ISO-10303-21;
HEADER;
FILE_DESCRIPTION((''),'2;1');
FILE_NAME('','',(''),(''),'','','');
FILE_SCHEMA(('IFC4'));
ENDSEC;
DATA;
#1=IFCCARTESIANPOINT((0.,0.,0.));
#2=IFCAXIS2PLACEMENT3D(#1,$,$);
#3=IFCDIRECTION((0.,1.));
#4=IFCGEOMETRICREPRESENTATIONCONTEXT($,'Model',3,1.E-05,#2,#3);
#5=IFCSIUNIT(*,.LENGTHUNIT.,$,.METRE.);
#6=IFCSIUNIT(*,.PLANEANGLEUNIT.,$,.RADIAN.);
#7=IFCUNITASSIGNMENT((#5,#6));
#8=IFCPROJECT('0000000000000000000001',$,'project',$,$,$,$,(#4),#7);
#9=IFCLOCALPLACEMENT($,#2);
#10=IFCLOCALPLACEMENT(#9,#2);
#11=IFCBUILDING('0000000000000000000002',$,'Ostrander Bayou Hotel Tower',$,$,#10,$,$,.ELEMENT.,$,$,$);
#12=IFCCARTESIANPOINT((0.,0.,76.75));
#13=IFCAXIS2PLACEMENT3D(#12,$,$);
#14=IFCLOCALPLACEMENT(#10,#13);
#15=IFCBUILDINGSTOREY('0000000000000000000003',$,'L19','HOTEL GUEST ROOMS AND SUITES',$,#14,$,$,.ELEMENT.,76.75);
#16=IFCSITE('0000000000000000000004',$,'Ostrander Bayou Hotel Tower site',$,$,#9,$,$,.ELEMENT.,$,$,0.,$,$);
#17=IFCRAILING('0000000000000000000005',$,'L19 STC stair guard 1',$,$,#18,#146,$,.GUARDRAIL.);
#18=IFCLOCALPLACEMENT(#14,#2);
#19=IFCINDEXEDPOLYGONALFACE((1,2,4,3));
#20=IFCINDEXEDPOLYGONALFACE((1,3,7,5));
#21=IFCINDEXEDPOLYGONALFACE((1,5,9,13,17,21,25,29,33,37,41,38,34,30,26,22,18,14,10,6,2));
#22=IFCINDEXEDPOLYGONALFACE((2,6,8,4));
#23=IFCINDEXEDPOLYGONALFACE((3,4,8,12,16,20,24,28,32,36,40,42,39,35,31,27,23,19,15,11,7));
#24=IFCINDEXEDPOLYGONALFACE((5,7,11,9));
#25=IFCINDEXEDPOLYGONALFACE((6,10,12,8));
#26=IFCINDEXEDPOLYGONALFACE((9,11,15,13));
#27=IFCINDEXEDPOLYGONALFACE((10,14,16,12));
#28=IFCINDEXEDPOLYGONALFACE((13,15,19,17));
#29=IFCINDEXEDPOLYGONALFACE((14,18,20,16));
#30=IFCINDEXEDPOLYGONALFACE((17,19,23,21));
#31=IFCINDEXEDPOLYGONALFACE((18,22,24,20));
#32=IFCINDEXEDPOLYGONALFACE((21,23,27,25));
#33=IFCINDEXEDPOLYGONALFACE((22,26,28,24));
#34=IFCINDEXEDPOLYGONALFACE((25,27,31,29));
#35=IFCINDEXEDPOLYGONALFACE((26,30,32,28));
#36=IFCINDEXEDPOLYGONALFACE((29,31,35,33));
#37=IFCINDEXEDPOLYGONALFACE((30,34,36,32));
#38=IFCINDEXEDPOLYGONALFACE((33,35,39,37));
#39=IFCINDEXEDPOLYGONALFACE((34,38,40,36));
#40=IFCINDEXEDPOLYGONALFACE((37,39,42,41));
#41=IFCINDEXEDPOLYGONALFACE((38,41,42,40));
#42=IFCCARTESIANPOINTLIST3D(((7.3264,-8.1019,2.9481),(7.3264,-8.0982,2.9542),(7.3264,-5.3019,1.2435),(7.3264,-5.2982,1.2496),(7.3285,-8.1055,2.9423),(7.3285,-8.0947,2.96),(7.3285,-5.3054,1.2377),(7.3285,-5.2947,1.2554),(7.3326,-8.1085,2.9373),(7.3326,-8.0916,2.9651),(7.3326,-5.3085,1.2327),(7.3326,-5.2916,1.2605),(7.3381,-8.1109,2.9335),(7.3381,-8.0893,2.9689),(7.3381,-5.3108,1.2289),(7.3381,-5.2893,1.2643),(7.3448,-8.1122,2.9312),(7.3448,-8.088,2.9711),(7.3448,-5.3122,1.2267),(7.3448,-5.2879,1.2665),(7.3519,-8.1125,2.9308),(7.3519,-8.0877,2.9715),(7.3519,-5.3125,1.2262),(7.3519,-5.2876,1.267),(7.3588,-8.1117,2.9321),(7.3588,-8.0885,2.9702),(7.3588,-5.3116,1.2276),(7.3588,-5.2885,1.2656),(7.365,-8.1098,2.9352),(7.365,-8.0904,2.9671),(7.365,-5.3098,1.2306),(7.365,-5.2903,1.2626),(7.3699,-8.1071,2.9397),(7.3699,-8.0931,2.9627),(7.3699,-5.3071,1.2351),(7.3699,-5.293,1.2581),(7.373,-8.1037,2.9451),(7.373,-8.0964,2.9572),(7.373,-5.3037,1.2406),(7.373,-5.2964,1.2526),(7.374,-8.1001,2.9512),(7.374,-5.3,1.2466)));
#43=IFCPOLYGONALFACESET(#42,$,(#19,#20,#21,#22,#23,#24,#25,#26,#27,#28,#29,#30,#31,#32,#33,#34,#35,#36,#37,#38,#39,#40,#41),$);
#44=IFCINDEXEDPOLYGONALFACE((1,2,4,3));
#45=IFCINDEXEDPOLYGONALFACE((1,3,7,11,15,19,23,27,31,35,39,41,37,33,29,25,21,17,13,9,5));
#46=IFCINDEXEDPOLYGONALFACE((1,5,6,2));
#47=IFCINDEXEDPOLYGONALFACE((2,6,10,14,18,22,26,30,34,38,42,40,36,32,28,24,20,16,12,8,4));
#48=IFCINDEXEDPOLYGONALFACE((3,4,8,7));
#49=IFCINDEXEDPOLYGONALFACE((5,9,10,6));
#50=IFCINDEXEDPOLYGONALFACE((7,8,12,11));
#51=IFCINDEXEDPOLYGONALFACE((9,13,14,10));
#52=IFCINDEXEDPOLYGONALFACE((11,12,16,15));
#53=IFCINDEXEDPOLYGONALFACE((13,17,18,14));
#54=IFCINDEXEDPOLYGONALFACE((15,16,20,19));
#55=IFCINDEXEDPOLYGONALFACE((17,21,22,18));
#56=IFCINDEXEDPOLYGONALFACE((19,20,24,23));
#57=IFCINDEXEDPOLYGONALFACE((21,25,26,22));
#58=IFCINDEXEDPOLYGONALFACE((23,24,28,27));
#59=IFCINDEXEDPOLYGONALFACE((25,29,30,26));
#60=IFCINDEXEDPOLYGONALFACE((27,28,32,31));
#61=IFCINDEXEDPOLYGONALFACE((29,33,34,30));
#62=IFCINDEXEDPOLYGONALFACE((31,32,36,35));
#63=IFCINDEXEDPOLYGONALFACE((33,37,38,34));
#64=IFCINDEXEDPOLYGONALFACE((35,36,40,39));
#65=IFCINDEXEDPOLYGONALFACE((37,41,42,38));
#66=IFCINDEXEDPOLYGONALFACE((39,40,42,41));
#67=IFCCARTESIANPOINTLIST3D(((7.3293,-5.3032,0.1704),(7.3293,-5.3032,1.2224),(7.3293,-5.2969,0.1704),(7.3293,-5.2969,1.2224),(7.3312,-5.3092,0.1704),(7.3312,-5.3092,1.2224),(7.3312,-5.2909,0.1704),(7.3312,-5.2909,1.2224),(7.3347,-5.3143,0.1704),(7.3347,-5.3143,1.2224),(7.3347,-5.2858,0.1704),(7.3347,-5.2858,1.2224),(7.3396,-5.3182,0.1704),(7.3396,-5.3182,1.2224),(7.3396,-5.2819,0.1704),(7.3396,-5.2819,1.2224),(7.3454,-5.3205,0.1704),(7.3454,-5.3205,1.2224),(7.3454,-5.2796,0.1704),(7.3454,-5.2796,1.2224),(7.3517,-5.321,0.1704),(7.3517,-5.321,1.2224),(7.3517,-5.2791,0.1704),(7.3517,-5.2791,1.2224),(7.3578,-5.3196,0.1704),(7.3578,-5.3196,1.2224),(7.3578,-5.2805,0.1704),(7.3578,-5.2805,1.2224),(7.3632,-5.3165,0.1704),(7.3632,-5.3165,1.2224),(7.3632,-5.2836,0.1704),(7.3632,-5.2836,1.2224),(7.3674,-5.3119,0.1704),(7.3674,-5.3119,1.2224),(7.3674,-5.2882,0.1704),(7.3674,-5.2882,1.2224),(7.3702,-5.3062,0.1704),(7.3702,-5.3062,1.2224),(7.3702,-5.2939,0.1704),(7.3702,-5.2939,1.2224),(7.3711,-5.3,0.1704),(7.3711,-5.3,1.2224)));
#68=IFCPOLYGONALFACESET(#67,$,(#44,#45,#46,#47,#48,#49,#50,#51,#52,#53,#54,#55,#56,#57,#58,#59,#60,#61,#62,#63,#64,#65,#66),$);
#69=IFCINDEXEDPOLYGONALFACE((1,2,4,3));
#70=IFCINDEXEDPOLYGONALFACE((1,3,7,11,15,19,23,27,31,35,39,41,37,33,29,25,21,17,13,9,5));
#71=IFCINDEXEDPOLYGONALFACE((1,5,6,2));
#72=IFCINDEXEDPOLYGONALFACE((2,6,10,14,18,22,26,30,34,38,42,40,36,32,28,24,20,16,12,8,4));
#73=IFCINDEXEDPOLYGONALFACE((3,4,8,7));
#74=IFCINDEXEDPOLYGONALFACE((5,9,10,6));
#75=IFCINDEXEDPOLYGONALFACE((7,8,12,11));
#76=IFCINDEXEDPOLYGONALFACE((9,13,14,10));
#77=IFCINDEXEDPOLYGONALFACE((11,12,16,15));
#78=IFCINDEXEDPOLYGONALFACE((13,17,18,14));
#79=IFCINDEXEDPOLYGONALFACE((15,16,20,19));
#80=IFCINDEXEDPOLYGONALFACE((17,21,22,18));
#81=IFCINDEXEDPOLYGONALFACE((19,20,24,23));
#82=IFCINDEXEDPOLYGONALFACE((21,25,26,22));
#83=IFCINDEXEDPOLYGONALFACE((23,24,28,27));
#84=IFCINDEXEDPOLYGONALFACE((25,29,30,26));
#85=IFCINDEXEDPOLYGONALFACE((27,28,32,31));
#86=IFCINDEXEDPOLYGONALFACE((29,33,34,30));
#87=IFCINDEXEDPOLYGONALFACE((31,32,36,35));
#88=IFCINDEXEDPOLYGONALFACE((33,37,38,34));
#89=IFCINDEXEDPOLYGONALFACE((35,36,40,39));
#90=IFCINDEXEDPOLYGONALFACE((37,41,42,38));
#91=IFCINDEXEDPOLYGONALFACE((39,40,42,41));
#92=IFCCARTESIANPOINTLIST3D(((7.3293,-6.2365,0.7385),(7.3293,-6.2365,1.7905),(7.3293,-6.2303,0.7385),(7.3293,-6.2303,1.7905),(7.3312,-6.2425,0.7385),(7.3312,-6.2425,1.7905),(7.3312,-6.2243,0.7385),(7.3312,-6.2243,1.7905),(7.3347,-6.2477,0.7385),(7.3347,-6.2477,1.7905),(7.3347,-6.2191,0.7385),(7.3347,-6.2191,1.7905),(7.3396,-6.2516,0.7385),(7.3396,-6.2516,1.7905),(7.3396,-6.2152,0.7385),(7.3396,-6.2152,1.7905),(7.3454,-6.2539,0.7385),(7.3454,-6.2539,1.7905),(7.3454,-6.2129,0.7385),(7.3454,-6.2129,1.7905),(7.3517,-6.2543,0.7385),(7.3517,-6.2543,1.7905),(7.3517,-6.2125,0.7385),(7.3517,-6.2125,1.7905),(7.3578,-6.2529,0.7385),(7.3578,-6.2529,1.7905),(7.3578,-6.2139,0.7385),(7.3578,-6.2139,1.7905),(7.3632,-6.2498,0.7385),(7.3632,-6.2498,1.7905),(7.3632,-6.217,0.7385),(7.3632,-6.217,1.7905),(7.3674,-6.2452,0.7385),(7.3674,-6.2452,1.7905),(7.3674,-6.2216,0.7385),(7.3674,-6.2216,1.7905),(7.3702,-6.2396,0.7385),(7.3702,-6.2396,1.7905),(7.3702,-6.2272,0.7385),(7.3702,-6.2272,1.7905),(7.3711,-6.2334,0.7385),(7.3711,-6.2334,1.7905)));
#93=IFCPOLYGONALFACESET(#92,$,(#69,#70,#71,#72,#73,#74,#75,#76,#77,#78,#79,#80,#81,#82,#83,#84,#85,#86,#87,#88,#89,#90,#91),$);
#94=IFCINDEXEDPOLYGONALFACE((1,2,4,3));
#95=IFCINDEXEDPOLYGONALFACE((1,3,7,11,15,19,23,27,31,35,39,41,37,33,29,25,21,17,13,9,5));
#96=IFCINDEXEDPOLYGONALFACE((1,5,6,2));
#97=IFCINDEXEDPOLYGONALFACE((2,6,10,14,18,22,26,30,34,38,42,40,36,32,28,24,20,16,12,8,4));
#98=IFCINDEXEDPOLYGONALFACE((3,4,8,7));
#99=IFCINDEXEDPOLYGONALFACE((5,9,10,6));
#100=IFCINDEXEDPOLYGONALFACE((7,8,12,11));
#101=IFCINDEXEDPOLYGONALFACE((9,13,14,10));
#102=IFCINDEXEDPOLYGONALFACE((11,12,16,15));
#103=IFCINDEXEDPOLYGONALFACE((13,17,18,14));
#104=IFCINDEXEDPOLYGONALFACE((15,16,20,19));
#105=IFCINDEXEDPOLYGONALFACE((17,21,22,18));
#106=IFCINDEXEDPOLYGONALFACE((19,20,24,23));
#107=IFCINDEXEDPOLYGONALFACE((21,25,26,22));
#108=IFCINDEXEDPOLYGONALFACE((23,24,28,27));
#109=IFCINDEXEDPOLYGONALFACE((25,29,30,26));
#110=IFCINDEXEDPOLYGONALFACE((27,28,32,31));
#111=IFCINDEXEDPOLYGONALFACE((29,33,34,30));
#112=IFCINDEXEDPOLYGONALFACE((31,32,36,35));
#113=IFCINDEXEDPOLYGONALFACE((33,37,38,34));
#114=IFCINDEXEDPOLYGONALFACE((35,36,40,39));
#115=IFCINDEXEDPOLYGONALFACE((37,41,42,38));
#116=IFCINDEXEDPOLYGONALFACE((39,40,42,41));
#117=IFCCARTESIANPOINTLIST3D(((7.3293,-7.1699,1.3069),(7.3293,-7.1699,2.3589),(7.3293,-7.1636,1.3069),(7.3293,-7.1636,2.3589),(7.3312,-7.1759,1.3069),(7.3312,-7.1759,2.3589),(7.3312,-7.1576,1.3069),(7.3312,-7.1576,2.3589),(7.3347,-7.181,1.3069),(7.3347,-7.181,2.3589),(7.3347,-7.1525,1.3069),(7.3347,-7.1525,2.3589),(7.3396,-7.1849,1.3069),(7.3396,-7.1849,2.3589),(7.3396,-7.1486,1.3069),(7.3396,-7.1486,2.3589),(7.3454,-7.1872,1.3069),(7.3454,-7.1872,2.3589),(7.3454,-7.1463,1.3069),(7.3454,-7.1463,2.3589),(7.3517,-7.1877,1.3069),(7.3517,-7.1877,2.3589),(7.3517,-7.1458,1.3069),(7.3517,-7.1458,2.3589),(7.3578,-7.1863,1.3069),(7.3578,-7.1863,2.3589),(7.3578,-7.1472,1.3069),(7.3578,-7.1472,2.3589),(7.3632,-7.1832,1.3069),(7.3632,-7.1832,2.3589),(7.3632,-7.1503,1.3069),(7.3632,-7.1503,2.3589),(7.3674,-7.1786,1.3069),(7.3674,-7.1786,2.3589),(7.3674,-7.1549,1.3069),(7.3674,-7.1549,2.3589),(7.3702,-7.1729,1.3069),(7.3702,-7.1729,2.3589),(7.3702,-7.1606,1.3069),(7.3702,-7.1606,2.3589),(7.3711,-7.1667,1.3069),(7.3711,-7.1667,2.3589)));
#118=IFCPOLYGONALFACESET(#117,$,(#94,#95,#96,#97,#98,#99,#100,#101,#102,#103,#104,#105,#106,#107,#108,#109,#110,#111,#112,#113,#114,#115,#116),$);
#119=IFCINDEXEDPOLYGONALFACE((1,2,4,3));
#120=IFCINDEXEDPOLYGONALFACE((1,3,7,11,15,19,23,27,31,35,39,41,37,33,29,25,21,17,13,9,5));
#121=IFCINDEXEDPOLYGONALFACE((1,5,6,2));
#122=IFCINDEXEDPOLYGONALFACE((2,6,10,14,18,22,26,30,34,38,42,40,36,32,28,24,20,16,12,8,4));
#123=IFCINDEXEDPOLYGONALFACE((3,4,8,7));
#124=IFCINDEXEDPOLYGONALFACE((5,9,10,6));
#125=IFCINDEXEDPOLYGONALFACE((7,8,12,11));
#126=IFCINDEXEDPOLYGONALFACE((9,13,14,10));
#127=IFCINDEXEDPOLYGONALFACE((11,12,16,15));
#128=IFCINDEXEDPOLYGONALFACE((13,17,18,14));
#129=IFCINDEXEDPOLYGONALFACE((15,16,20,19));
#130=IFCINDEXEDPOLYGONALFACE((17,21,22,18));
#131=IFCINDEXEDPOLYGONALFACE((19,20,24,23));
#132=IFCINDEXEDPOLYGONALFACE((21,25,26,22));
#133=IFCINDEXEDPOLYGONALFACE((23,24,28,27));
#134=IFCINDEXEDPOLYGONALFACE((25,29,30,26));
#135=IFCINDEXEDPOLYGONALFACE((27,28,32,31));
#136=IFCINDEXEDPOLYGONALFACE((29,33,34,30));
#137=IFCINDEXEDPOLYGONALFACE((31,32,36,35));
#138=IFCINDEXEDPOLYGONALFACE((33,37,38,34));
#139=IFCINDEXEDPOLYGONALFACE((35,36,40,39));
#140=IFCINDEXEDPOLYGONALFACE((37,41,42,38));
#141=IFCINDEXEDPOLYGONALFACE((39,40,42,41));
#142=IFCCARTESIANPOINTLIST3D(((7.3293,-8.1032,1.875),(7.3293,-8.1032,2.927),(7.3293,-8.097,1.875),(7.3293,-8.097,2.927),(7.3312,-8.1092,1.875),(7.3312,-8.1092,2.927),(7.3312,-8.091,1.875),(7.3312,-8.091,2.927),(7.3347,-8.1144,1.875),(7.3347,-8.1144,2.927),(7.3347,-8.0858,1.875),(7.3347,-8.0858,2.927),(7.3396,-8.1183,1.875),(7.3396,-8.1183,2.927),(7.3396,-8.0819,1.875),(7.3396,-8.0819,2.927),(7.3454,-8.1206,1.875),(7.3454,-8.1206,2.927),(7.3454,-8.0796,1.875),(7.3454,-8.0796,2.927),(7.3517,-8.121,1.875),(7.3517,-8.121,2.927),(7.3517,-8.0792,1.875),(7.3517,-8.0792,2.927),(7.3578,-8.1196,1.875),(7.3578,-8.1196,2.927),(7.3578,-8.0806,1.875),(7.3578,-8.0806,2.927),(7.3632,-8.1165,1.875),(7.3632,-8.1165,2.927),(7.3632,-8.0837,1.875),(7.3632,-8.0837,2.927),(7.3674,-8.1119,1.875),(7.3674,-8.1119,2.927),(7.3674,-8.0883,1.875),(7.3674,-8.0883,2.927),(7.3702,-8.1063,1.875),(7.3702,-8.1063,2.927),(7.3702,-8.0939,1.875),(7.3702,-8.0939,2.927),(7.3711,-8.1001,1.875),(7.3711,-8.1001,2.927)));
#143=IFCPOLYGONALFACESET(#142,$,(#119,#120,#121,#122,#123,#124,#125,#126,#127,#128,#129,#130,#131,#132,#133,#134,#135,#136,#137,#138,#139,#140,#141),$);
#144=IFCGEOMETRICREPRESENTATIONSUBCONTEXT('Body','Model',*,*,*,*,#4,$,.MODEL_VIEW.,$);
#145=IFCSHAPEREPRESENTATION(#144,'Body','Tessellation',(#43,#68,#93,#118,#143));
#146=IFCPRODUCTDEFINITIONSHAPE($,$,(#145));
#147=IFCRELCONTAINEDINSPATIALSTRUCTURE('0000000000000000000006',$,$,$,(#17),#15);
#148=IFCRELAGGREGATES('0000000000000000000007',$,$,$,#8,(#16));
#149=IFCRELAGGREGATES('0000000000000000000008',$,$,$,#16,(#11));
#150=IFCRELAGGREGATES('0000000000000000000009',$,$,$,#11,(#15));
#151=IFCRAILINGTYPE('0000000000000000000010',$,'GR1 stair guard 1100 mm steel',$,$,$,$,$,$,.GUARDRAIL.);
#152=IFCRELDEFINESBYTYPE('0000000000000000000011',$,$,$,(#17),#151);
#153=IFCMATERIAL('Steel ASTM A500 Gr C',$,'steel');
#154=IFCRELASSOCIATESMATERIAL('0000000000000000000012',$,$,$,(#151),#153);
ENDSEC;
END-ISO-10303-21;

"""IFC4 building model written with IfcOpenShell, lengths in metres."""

from ifc_helpers import new_model, si_unit, direction, frame, origin, origin_2d, place, context, subcontext, project, spatial, circle, extrude, material, type_object, element, save


model = new_model("IFC4")

# Units and contexts
model_context = context("Model", 3, precision=1e-05, world=origin(), true_north=direction((0.0, 1.0)))
body_context = subcontext(model_context, "Body", "Model", "MODEL_VIEW")
ifc_project = project(units=[si_unit("LENGTHUNIT", "METRE"), si_unit("PLANEANGLEUNIT", "RADIAN")], contexts=[model_context])

# Site, building, storey
site_placement = place(None, origin())
site = spatial("IfcSite", under=ifc_project, at=site_placement, Name="Ostrander Bayou Hotel Tower site", CompositionType="ELEMENT", RefElevation=0.0)
building_placement = place(site_placement, origin())
building = spatial("IfcBuilding", under=site, at=building_placement, Name="Ostrander Bayou Hotel Tower", CompositionType="ELEMENT")
storey_placement = place(building_placement, frame((0.0, 0.0, 76.75)))
storey = spatial("IfcBuildingStorey", under=building, at=storey_placement, Name="L19", Description="HOTEL GUEST ROOMS AND SUITES", CompositionType="ELEMENT", Elevation=76.75)

# Railing
ifc_material_1 = material(Name="Steel ASTM A500 Gr C", Category="steel")
railing_type_1 = type_object("IfcRailingType", Name="GR1 stair guard 1100 mm steel", PredefinedType="GUARDRAIL", material=ifc_material_1)
railing_1_placement = place(storey_placement, frame((7.3501, -5.3, 0.1704)))
element("IfcRailing", 1, at=railing_1_placement, inside=storey, type_object=railing_type_1, Name="L19 STC stair guard 1", PredefinedType="GUARDRAIL", context=body_context, shape_type="SweptSolid", body=[
    extrude(circle(Radius=0.0239, at=origin_2d()), frame((0.0, 0.0, 1.0762), z_axis=(0.0, -0.85417, 0.519994), x_axis=(1.0, 0.0, 0.0)), (0.0, 0.0, 1.0), 3.2781),
    extrude(circle(Radius=0.021, at=origin_2d()), origin(), (0.0, 0.0, 1.0), 1.052),
    extrude(circle(Radius=0.021, at=origin_2d()), frame((0.0, -0.9333, 0.5681)), (0.0, 0.0, 1.0), 1.052),
    extrude(circle(Radius=0.021, at=origin_2d()), frame((0.0, -1.8667, 1.1365)), (0.0, 0.0, 1.0), 1.052),
    extrude(circle(Radius=0.021, at=origin_2d()), frame((0.0, -2.8, 1.7046)), (0.0, 0.0, 1.0), 1.052),
])

save(model, "model.ifc")
